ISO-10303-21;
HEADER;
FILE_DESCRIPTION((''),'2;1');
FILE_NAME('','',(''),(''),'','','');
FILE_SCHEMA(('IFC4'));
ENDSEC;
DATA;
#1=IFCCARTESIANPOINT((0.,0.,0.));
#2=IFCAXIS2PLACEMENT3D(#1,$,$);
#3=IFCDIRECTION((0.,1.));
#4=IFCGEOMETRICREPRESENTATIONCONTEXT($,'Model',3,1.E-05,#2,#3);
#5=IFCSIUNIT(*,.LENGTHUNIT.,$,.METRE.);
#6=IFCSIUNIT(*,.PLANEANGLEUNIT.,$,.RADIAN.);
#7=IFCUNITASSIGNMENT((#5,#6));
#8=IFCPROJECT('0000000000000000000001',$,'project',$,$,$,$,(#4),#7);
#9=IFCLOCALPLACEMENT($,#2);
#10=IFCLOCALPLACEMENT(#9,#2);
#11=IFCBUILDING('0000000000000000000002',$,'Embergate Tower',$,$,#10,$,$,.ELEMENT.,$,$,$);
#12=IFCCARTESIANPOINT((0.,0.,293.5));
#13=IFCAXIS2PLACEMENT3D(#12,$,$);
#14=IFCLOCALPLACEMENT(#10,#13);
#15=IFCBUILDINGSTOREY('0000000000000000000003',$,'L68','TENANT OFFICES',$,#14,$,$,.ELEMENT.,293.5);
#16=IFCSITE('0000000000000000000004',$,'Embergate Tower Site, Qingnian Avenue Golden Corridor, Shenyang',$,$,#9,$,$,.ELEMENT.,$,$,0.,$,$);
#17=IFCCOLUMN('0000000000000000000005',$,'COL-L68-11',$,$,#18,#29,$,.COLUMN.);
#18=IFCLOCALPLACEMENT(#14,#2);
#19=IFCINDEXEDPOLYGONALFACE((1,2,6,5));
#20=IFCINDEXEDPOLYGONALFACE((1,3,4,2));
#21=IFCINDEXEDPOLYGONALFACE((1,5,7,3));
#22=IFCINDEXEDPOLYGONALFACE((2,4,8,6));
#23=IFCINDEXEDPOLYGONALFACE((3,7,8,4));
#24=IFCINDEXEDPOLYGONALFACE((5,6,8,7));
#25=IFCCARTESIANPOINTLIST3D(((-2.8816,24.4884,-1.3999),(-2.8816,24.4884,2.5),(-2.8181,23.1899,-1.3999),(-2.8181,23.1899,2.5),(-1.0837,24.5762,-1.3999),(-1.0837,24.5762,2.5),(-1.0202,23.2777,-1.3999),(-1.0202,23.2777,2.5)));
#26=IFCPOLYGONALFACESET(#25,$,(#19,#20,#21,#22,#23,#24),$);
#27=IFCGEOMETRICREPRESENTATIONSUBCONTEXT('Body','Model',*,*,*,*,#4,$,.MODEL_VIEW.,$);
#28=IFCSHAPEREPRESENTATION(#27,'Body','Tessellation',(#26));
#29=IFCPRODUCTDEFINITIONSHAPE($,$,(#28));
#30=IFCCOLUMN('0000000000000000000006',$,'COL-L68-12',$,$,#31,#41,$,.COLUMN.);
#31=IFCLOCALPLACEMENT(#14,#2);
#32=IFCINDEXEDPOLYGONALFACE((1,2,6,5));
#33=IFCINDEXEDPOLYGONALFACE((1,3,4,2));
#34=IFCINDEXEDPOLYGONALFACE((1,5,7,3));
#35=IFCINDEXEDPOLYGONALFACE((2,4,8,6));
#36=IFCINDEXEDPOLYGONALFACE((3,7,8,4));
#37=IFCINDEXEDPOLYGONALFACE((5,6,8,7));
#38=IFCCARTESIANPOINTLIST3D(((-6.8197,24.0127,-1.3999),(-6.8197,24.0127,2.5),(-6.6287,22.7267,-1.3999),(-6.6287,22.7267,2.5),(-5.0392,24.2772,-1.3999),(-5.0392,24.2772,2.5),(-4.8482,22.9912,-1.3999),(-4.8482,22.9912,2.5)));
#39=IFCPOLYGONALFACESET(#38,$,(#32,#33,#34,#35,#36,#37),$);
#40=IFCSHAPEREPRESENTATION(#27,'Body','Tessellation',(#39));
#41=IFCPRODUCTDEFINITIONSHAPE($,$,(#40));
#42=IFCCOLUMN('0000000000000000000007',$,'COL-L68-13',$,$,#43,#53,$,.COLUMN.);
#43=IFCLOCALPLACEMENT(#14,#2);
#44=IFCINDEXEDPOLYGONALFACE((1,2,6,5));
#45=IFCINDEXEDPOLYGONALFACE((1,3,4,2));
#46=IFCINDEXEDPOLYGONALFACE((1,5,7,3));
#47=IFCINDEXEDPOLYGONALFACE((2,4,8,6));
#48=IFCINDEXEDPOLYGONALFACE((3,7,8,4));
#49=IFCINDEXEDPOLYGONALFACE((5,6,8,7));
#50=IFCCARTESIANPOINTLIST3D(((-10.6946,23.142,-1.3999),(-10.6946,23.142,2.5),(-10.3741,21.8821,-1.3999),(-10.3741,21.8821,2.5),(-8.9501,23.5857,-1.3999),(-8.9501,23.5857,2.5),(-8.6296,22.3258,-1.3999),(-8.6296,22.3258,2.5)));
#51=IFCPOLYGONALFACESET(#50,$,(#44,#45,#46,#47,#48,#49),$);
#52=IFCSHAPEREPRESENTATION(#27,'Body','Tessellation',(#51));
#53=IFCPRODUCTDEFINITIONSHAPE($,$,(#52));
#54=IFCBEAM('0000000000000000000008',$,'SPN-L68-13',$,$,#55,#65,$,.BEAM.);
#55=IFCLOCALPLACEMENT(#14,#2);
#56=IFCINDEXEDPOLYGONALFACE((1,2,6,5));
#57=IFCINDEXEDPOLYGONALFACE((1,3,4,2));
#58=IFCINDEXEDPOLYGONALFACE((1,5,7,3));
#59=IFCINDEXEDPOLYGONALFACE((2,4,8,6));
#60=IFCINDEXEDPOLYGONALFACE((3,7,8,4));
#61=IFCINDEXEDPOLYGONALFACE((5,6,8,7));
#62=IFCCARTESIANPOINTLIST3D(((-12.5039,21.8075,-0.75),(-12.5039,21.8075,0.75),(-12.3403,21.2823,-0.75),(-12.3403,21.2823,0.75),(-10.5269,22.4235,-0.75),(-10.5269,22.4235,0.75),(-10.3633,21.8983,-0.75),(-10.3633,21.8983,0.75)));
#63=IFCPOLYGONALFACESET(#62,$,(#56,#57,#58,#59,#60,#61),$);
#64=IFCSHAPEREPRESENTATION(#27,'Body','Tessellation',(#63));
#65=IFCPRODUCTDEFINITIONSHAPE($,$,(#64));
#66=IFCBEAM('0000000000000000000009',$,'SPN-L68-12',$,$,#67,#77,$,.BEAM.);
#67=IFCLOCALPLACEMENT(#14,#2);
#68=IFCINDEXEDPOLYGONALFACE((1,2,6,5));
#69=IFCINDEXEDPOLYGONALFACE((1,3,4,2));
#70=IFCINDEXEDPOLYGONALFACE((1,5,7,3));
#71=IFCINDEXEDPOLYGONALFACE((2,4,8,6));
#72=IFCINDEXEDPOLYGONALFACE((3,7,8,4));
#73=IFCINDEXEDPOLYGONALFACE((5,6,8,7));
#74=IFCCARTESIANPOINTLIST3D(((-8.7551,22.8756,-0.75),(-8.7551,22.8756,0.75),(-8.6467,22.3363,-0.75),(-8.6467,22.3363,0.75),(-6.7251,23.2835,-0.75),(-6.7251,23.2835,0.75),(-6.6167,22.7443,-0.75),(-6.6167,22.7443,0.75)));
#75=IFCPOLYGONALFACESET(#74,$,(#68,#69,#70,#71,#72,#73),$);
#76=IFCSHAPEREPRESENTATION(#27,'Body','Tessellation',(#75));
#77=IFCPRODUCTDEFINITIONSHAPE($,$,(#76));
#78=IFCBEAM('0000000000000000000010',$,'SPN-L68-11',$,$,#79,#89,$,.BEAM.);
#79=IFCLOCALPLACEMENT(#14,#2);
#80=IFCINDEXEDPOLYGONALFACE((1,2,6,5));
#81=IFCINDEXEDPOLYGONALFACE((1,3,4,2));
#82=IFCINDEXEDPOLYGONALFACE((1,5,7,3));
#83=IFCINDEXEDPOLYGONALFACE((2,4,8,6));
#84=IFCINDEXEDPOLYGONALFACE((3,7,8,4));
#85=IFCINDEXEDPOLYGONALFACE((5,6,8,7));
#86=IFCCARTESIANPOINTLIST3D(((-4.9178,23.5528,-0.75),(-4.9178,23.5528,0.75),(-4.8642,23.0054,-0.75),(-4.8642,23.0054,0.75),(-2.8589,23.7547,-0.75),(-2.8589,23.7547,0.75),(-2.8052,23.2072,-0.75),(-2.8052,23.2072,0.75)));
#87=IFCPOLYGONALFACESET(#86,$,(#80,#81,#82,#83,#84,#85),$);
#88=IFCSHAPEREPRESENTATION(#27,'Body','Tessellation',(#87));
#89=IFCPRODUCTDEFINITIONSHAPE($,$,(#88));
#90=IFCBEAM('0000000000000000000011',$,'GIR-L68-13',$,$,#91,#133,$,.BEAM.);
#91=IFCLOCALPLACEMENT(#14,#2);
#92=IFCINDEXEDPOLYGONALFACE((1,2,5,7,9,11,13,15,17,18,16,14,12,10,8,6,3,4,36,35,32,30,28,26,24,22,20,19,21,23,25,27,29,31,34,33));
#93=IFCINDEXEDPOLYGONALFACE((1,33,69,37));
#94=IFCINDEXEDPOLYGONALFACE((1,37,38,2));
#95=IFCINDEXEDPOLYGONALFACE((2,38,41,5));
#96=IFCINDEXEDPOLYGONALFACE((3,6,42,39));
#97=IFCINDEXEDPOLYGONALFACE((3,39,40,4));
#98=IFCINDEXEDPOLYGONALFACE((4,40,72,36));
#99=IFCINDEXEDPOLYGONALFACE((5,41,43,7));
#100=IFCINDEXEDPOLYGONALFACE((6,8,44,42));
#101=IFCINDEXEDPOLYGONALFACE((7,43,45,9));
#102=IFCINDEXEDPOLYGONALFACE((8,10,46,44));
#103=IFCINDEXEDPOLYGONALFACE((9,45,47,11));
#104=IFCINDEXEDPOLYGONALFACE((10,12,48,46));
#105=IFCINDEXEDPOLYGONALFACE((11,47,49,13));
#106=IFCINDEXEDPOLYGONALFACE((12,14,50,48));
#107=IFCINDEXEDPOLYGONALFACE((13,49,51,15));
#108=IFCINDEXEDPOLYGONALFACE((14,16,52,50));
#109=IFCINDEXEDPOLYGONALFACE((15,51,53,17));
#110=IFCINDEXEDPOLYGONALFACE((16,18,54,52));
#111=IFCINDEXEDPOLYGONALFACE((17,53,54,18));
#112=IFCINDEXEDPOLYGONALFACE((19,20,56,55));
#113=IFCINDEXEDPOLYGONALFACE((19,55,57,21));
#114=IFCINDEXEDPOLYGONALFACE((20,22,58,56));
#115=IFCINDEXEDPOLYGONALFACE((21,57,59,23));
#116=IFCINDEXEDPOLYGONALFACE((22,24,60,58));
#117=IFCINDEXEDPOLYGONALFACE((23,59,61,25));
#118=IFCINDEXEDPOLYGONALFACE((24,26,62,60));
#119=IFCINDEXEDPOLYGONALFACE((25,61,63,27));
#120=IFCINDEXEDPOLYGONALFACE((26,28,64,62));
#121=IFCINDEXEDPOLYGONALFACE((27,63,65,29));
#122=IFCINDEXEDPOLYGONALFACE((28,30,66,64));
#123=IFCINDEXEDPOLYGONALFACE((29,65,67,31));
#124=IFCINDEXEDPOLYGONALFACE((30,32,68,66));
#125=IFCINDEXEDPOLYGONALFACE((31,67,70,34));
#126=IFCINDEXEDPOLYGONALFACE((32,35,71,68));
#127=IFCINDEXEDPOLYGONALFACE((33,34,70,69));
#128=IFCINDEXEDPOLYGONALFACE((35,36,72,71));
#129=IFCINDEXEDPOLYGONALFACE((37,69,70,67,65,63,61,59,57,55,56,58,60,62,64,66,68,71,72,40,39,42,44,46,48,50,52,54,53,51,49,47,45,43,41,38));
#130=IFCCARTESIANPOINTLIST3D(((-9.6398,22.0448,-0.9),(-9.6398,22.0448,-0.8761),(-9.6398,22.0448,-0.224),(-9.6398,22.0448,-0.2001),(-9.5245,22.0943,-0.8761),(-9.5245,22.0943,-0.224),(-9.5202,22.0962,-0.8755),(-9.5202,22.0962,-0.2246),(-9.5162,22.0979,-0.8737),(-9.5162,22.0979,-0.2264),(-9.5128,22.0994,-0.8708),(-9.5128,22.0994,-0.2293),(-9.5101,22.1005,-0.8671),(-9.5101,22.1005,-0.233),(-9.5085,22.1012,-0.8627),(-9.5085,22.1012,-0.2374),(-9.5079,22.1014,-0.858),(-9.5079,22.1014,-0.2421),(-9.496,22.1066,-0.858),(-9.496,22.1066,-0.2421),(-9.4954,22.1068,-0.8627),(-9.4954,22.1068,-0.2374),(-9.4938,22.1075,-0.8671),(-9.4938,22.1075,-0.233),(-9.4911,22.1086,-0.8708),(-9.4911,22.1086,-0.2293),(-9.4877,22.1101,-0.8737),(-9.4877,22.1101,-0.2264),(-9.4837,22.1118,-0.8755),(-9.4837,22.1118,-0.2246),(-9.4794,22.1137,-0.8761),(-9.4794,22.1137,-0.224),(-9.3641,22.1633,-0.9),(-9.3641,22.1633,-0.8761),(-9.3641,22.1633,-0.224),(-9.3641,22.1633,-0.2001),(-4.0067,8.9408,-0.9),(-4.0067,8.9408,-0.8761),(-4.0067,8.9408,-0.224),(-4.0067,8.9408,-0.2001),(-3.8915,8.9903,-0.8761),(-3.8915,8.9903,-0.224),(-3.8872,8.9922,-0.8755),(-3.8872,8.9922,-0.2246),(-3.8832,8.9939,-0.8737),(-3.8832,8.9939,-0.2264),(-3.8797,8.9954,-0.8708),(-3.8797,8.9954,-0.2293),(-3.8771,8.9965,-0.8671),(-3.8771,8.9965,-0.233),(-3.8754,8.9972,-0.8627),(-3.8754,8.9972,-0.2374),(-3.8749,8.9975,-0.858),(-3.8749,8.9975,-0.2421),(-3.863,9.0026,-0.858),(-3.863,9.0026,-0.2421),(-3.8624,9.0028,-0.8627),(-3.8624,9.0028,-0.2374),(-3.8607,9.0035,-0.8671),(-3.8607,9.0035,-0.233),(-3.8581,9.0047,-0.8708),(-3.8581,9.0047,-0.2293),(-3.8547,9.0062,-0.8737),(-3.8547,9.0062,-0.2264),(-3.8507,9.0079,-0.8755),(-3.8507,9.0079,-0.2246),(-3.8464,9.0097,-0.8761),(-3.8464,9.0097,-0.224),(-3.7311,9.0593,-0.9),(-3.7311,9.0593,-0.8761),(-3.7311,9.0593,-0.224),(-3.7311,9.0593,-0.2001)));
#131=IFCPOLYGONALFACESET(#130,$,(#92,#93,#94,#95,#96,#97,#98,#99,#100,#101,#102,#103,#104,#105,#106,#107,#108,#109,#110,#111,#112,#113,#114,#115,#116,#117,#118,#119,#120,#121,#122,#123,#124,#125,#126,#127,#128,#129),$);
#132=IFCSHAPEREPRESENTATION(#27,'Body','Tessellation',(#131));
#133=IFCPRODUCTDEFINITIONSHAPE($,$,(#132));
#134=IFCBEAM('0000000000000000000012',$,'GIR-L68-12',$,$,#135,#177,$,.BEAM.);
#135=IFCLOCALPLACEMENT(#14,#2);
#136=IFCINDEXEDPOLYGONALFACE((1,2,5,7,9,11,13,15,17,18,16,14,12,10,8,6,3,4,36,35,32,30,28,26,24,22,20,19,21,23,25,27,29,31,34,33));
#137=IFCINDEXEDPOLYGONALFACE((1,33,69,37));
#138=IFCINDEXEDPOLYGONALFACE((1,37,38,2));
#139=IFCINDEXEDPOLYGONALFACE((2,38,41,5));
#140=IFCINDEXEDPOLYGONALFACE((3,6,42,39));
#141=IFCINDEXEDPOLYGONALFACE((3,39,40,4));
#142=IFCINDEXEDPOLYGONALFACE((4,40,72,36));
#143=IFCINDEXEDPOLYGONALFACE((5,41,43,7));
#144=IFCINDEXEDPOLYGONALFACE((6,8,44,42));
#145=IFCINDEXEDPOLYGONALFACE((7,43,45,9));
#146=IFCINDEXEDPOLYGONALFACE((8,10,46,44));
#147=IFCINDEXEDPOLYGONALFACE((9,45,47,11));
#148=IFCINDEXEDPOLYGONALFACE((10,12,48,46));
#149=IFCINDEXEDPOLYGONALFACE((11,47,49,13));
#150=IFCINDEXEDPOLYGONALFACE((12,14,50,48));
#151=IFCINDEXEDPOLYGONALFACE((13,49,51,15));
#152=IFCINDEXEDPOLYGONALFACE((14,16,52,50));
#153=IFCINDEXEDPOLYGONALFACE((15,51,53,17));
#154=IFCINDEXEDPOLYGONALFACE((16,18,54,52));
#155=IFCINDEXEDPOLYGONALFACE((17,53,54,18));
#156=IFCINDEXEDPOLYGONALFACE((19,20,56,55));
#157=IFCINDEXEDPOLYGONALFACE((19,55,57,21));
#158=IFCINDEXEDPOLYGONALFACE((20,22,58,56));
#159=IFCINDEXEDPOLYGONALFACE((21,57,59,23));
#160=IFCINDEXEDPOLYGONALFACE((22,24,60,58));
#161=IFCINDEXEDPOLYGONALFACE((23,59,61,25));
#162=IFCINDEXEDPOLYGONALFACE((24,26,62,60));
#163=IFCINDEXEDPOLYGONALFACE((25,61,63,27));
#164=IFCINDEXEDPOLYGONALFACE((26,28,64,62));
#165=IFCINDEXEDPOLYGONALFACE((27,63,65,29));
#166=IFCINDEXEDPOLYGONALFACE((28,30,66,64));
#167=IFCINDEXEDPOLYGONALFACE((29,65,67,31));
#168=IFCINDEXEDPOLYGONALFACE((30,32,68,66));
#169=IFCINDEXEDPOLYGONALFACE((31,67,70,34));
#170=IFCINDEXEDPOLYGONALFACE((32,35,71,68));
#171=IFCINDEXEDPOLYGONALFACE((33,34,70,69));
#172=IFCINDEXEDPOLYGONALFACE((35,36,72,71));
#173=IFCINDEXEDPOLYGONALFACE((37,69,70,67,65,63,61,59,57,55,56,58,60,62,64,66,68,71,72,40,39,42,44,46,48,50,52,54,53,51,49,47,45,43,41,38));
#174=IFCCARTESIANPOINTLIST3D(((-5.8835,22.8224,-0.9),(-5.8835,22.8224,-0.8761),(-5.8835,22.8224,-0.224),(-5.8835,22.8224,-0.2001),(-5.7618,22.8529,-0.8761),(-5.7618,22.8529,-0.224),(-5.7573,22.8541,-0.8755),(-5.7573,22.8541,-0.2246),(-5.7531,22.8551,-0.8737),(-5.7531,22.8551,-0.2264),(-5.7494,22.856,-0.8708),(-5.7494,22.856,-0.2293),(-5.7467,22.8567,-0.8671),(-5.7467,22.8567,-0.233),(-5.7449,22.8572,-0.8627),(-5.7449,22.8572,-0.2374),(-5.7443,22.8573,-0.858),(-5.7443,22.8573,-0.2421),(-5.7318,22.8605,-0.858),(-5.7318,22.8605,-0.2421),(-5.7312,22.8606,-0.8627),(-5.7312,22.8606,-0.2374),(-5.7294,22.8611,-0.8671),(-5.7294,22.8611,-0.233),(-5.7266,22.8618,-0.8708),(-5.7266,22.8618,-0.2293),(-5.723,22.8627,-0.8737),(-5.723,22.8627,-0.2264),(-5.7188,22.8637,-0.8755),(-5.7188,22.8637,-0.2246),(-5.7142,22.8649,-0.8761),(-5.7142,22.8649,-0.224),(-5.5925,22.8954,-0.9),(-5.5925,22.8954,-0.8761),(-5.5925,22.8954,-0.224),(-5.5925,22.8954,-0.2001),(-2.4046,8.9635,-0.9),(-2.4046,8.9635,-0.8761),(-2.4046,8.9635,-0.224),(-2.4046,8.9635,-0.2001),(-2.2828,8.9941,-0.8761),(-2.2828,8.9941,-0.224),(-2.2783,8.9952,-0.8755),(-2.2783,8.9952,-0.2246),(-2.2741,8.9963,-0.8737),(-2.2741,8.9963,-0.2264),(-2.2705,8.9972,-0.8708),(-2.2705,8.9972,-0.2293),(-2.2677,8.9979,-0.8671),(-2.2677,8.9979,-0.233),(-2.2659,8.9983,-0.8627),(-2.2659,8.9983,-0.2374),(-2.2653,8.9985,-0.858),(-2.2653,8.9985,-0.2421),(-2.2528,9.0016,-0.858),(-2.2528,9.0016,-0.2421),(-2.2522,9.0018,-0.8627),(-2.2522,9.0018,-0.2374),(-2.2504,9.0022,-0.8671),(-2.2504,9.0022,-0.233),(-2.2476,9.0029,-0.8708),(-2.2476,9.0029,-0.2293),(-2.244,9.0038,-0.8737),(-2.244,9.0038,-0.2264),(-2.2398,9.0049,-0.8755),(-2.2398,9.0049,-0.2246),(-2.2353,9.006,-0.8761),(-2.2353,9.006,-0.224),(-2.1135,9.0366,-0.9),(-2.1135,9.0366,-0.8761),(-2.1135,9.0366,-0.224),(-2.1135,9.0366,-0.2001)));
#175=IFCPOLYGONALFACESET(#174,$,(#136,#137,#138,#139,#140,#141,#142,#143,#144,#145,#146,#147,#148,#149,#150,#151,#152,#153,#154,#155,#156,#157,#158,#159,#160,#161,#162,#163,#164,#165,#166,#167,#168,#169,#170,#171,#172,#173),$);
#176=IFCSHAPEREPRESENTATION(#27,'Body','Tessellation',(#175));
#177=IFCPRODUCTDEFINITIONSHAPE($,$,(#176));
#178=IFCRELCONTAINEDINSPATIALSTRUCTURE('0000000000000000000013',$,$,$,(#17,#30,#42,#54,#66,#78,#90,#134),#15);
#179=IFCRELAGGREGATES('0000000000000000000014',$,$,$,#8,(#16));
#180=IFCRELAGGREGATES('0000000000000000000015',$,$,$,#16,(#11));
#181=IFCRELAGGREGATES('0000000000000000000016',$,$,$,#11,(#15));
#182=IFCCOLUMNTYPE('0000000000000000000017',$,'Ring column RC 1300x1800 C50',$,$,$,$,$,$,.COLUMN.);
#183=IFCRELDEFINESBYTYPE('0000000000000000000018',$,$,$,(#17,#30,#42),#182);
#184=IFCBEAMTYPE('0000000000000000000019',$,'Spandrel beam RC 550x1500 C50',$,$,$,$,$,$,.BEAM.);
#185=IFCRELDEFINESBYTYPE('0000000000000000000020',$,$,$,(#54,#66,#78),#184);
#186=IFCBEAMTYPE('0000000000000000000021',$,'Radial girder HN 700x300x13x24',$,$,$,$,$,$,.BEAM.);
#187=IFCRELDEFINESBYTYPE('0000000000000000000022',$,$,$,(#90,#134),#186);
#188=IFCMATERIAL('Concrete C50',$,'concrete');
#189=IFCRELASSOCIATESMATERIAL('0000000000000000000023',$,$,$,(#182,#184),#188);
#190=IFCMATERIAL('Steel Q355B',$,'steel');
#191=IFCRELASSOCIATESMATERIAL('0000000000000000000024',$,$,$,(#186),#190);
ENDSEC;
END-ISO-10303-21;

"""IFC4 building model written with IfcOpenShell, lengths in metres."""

from ifc_helpers import new_model, si_unit, direction, frame, origin, origin_2d, place, context, subcontext, project, spatial, rectangle, i_section, extrude, source, transform, mapped, material, material_profile, profile_set, type_object, element, save


model = new_model("IFC4")

# Units and contexts
model_context = context("Model", 3, precision=1e-05, world=origin(), true_north=direction((0.0, 1.0)))
body_context = subcontext(model_context, "Body", "Model", "MODEL_VIEW")
ifc_project = project(units=[si_unit("LENGTHUNIT", "METRE"), si_unit("PLANEANGLEUNIT", "RADIAN")], contexts=[model_context])

# Site, building, storey
site_placement = place(None, origin())
site = spatial("IfcSite", under=ifc_project, at=site_placement, Name="Embergate Tower Site, Qingnian Avenue Golden Corridor, Shenyang", CompositionType="ELEMENT", RefElevation=0.0)
building_placement = place(site_placement, origin())
building = spatial("IfcBuilding", under=site, at=building_placement, Name="Embergate Tower", CompositionType="ELEMENT")
storey_placement = place(building_placement, frame((0.0, 0.0, 293.5)))
storey = spatial("IfcBuildingStorey", under=building, at=storey_placement, Name="L68", Description="TENANT OFFICES", CompositionType="ELEMENT", Elevation=293.5)

# Columns
ifc_material_1 = material(Name="Concrete C50", Category="concrete")
ifc_material_profile_1 = material_profile(ifc_material_1, rectangle(XDim=1.3, YDim=1.8, at=origin_2d()), Name="RC 1300x1800")
ifc_profile_set_1 = profile_set([ifc_material_profile_1], Name="Concrete C50")
column_type = type_object("IfcColumnType", Name="Ring column RC 1300x1800 C50", PredefinedType="COLUMN", material=ifc_profile_set_1)
shared_shape_1 = source(origin(), body_context, "Body", "SweptSolid", [
    extrude(rectangle(XDim=1.3, YDim=1.8, at=origin_2d()), origin(), (0.0, 0.0, 1.0), 3.8999),
])
for number, where, z_axis, x_axis, name in (
    (1, (-1.9509, 23.8831, -1.3999), (0.0, 0.0, 1.0), (-0.048815, 0.998808, 0.0), "COL-L68-11"),
    (2, (-5.834, 23.502, -1.3999), (0.0, 0.0, 1.0), (-0.146929, 0.989147, 0.0), "COL-L68-12"),
    (3, (-9.6621, 22.7339, -1.3999), (0.0, 0.0, 1.0), (-0.246509, 0.969141, 0.0), "COL-L68-13"),
):
    element("IfcColumn", number, at=place(storey_placement, frame(where, z_axis=z_axis, x_axis=x_axis)), inside=storey, type_object=column_type, Name=name, PredefinedType="COLUMN", context=body_context, shape_type="MappedRepresentation", body=[
        mapped(shared_shape_1, transform((0.0, 0.0, 0.0))),
    ])

# Beams
ifc_material_profile_2 = material_profile(ifc_material_1, rectangle(XDim=0.55, YDim=1.5, at=origin_2d()), Name="RC 550x1500")
ifc_profile_set_2 = profile_set([ifc_material_profile_2], Name="Concrete C50")
beam_type_1 = type_object("IfcBeamType", Name="Spandrel beam RC 550x1500 C50", PredefinedType="BEAM", material=ifc_profile_set_2)
shared_shape_2 = source(origin(), body_context, "Body", "SweptSolid", [
    extrude(rectangle(XDim=0.55, YDim=1.5, at=origin_2d()), origin(), (0.0, 0.0, 1.0), 2.0708),
])
beam_1_placement = place(storey_placement, frame((-10.4451, 22.1609, 0.0), z_axis=(-0.954736, -0.297456, 0.0), x_axis=(0.297456, -0.954736, 0.0)))
element("IfcBeam", 4, at=beam_1_placement, inside=storey, type_object=beam_type_1, Name="SPN-L68-13", PredefinedType="BEAM", context=body_context, shape_type="MappedRepresentation", body=[
    mapped(shared_shape_2, transform((0.0, 0.0, 0.0))),
])
shared_shape_3 = source(origin(), body_context, "Body", "SweptSolid", [
    extrude(rectangle(XDim=0.55, YDim=1.5, at=origin_2d()), origin(), (0.0, 0.0, 1.0), 2.0706),
])
beam_2_placement = place(storey_placement, frame((-6.6709, 23.0139, 0.0), z_axis=(-0.980399, -0.197023, 0.0), x_axis=(0.197023, -0.980399, 0.0)))
element("IfcBeam", 5, at=beam_2_placement, inside=storey, type_object=beam_type_1, Name="SPN-L68-12", PredefinedType="BEAM", context=body_context, shape_type="MappedRepresentation", body=[
    mapped(shared_shape_3, transform((0.0, 0.0, 0.0))),
])
shared_shape_4 = source(origin(), body_context, "Body", "SweptSolid", [
    extrude(rectangle(XDim=0.55, YDim=1.5, at=origin_2d()), origin(), (0.0, 0.0, 1.0), 2.0688),
])
beam_3_placement = place(storey_placement, frame((-2.832, 23.481, 0.0), z_axis=(-0.995227, -0.097587, 0.0), x_axis=(0.097587, -0.995227, 0.0)))
element("IfcBeam", 6, at=beam_3_placement, inside=storey, type_object=beam_type_1, Name="SPN-L68-11", PredefinedType="BEAM", context=body_context, shape_type="MappedRepresentation", body=[
    mapped(shared_shape_4, transform((0.0, 0.0, 0.0))),
])
ifc_material_2 = material(Name="Steel Q355B", Category="steel")
ifc_material_profile_3 = material_profile(ifc_material_2, i_section(OverallWidth=0.3, OverallDepth=0.7, WebThickness=0.0129, FlangeThickness=0.0239, FilletRadius=0.0181, at=origin_2d()), Name="HN 700x300x13x24")
ifc_profile_set_3 = profile_set([ifc_material_profile_3], Name="Steel Q355 grade B")
beam_type_2 = type_object("IfcBeamType", Name="Radial girder HN 700x300x13x24", PredefinedType="BEAM", material=ifc_profile_set_3)
shared_shape_5 = source(origin(), body_context, "Body", "SweptSolid", [
    extrude(i_section(OverallWidth=0.3, OverallDepth=0.7, WebThickness=0.0129, FlangeThickness=0.0239, FilletRadius=0.0181, at=origin_2d()), origin(), (0.0, 0.0, 1.0), 14.2634),
])
beam_4_placement = place(storey_placement, frame((-9.502, 22.104, -0.55), z_axis=(0.394929, -0.918712, 0.0), x_axis=(0.918712, 0.394929, 0.0)))
element("IfcBeam", 7, at=beam_4_placement, inside=storey, type_object=beam_type_2, Name="GIR-L68-13", PredefinedType="BEAM", context=body_context, shape_type="MappedRepresentation", body=[
    mapped(shared_shape_5, transform((0.0, 0.0, 0.0))),
])
shared_shape_6 = source(origin(), body_context, "Body", "SweptSolid", [
    extrude(i_section(OverallWidth=0.3, OverallDepth=0.7, WebThickness=0.0129, FlangeThickness=0.0239, FilletRadius=0.0181, at=origin_2d()), origin(), (0.0, 0.0, 1.0), 14.2888),
])
beam_5_placement = place(storey_placement, frame((-5.738, 22.8589, -0.55), z_axis=(0.243476, -0.969907, 0.0), x_axis=(0.969907, 0.243476, 0.0)))
element("IfcBeam", 8, at=beam_5_placement, inside=storey, type_object=beam_type_2, Name="GIR-L68-12", PredefinedType="BEAM", context=body_context, shape_type="MappedRepresentation", body=[
    mapped(shared_shape_6, transform((0.0, 0.0, 0.0))),
])

save(model, "model.ifc")
